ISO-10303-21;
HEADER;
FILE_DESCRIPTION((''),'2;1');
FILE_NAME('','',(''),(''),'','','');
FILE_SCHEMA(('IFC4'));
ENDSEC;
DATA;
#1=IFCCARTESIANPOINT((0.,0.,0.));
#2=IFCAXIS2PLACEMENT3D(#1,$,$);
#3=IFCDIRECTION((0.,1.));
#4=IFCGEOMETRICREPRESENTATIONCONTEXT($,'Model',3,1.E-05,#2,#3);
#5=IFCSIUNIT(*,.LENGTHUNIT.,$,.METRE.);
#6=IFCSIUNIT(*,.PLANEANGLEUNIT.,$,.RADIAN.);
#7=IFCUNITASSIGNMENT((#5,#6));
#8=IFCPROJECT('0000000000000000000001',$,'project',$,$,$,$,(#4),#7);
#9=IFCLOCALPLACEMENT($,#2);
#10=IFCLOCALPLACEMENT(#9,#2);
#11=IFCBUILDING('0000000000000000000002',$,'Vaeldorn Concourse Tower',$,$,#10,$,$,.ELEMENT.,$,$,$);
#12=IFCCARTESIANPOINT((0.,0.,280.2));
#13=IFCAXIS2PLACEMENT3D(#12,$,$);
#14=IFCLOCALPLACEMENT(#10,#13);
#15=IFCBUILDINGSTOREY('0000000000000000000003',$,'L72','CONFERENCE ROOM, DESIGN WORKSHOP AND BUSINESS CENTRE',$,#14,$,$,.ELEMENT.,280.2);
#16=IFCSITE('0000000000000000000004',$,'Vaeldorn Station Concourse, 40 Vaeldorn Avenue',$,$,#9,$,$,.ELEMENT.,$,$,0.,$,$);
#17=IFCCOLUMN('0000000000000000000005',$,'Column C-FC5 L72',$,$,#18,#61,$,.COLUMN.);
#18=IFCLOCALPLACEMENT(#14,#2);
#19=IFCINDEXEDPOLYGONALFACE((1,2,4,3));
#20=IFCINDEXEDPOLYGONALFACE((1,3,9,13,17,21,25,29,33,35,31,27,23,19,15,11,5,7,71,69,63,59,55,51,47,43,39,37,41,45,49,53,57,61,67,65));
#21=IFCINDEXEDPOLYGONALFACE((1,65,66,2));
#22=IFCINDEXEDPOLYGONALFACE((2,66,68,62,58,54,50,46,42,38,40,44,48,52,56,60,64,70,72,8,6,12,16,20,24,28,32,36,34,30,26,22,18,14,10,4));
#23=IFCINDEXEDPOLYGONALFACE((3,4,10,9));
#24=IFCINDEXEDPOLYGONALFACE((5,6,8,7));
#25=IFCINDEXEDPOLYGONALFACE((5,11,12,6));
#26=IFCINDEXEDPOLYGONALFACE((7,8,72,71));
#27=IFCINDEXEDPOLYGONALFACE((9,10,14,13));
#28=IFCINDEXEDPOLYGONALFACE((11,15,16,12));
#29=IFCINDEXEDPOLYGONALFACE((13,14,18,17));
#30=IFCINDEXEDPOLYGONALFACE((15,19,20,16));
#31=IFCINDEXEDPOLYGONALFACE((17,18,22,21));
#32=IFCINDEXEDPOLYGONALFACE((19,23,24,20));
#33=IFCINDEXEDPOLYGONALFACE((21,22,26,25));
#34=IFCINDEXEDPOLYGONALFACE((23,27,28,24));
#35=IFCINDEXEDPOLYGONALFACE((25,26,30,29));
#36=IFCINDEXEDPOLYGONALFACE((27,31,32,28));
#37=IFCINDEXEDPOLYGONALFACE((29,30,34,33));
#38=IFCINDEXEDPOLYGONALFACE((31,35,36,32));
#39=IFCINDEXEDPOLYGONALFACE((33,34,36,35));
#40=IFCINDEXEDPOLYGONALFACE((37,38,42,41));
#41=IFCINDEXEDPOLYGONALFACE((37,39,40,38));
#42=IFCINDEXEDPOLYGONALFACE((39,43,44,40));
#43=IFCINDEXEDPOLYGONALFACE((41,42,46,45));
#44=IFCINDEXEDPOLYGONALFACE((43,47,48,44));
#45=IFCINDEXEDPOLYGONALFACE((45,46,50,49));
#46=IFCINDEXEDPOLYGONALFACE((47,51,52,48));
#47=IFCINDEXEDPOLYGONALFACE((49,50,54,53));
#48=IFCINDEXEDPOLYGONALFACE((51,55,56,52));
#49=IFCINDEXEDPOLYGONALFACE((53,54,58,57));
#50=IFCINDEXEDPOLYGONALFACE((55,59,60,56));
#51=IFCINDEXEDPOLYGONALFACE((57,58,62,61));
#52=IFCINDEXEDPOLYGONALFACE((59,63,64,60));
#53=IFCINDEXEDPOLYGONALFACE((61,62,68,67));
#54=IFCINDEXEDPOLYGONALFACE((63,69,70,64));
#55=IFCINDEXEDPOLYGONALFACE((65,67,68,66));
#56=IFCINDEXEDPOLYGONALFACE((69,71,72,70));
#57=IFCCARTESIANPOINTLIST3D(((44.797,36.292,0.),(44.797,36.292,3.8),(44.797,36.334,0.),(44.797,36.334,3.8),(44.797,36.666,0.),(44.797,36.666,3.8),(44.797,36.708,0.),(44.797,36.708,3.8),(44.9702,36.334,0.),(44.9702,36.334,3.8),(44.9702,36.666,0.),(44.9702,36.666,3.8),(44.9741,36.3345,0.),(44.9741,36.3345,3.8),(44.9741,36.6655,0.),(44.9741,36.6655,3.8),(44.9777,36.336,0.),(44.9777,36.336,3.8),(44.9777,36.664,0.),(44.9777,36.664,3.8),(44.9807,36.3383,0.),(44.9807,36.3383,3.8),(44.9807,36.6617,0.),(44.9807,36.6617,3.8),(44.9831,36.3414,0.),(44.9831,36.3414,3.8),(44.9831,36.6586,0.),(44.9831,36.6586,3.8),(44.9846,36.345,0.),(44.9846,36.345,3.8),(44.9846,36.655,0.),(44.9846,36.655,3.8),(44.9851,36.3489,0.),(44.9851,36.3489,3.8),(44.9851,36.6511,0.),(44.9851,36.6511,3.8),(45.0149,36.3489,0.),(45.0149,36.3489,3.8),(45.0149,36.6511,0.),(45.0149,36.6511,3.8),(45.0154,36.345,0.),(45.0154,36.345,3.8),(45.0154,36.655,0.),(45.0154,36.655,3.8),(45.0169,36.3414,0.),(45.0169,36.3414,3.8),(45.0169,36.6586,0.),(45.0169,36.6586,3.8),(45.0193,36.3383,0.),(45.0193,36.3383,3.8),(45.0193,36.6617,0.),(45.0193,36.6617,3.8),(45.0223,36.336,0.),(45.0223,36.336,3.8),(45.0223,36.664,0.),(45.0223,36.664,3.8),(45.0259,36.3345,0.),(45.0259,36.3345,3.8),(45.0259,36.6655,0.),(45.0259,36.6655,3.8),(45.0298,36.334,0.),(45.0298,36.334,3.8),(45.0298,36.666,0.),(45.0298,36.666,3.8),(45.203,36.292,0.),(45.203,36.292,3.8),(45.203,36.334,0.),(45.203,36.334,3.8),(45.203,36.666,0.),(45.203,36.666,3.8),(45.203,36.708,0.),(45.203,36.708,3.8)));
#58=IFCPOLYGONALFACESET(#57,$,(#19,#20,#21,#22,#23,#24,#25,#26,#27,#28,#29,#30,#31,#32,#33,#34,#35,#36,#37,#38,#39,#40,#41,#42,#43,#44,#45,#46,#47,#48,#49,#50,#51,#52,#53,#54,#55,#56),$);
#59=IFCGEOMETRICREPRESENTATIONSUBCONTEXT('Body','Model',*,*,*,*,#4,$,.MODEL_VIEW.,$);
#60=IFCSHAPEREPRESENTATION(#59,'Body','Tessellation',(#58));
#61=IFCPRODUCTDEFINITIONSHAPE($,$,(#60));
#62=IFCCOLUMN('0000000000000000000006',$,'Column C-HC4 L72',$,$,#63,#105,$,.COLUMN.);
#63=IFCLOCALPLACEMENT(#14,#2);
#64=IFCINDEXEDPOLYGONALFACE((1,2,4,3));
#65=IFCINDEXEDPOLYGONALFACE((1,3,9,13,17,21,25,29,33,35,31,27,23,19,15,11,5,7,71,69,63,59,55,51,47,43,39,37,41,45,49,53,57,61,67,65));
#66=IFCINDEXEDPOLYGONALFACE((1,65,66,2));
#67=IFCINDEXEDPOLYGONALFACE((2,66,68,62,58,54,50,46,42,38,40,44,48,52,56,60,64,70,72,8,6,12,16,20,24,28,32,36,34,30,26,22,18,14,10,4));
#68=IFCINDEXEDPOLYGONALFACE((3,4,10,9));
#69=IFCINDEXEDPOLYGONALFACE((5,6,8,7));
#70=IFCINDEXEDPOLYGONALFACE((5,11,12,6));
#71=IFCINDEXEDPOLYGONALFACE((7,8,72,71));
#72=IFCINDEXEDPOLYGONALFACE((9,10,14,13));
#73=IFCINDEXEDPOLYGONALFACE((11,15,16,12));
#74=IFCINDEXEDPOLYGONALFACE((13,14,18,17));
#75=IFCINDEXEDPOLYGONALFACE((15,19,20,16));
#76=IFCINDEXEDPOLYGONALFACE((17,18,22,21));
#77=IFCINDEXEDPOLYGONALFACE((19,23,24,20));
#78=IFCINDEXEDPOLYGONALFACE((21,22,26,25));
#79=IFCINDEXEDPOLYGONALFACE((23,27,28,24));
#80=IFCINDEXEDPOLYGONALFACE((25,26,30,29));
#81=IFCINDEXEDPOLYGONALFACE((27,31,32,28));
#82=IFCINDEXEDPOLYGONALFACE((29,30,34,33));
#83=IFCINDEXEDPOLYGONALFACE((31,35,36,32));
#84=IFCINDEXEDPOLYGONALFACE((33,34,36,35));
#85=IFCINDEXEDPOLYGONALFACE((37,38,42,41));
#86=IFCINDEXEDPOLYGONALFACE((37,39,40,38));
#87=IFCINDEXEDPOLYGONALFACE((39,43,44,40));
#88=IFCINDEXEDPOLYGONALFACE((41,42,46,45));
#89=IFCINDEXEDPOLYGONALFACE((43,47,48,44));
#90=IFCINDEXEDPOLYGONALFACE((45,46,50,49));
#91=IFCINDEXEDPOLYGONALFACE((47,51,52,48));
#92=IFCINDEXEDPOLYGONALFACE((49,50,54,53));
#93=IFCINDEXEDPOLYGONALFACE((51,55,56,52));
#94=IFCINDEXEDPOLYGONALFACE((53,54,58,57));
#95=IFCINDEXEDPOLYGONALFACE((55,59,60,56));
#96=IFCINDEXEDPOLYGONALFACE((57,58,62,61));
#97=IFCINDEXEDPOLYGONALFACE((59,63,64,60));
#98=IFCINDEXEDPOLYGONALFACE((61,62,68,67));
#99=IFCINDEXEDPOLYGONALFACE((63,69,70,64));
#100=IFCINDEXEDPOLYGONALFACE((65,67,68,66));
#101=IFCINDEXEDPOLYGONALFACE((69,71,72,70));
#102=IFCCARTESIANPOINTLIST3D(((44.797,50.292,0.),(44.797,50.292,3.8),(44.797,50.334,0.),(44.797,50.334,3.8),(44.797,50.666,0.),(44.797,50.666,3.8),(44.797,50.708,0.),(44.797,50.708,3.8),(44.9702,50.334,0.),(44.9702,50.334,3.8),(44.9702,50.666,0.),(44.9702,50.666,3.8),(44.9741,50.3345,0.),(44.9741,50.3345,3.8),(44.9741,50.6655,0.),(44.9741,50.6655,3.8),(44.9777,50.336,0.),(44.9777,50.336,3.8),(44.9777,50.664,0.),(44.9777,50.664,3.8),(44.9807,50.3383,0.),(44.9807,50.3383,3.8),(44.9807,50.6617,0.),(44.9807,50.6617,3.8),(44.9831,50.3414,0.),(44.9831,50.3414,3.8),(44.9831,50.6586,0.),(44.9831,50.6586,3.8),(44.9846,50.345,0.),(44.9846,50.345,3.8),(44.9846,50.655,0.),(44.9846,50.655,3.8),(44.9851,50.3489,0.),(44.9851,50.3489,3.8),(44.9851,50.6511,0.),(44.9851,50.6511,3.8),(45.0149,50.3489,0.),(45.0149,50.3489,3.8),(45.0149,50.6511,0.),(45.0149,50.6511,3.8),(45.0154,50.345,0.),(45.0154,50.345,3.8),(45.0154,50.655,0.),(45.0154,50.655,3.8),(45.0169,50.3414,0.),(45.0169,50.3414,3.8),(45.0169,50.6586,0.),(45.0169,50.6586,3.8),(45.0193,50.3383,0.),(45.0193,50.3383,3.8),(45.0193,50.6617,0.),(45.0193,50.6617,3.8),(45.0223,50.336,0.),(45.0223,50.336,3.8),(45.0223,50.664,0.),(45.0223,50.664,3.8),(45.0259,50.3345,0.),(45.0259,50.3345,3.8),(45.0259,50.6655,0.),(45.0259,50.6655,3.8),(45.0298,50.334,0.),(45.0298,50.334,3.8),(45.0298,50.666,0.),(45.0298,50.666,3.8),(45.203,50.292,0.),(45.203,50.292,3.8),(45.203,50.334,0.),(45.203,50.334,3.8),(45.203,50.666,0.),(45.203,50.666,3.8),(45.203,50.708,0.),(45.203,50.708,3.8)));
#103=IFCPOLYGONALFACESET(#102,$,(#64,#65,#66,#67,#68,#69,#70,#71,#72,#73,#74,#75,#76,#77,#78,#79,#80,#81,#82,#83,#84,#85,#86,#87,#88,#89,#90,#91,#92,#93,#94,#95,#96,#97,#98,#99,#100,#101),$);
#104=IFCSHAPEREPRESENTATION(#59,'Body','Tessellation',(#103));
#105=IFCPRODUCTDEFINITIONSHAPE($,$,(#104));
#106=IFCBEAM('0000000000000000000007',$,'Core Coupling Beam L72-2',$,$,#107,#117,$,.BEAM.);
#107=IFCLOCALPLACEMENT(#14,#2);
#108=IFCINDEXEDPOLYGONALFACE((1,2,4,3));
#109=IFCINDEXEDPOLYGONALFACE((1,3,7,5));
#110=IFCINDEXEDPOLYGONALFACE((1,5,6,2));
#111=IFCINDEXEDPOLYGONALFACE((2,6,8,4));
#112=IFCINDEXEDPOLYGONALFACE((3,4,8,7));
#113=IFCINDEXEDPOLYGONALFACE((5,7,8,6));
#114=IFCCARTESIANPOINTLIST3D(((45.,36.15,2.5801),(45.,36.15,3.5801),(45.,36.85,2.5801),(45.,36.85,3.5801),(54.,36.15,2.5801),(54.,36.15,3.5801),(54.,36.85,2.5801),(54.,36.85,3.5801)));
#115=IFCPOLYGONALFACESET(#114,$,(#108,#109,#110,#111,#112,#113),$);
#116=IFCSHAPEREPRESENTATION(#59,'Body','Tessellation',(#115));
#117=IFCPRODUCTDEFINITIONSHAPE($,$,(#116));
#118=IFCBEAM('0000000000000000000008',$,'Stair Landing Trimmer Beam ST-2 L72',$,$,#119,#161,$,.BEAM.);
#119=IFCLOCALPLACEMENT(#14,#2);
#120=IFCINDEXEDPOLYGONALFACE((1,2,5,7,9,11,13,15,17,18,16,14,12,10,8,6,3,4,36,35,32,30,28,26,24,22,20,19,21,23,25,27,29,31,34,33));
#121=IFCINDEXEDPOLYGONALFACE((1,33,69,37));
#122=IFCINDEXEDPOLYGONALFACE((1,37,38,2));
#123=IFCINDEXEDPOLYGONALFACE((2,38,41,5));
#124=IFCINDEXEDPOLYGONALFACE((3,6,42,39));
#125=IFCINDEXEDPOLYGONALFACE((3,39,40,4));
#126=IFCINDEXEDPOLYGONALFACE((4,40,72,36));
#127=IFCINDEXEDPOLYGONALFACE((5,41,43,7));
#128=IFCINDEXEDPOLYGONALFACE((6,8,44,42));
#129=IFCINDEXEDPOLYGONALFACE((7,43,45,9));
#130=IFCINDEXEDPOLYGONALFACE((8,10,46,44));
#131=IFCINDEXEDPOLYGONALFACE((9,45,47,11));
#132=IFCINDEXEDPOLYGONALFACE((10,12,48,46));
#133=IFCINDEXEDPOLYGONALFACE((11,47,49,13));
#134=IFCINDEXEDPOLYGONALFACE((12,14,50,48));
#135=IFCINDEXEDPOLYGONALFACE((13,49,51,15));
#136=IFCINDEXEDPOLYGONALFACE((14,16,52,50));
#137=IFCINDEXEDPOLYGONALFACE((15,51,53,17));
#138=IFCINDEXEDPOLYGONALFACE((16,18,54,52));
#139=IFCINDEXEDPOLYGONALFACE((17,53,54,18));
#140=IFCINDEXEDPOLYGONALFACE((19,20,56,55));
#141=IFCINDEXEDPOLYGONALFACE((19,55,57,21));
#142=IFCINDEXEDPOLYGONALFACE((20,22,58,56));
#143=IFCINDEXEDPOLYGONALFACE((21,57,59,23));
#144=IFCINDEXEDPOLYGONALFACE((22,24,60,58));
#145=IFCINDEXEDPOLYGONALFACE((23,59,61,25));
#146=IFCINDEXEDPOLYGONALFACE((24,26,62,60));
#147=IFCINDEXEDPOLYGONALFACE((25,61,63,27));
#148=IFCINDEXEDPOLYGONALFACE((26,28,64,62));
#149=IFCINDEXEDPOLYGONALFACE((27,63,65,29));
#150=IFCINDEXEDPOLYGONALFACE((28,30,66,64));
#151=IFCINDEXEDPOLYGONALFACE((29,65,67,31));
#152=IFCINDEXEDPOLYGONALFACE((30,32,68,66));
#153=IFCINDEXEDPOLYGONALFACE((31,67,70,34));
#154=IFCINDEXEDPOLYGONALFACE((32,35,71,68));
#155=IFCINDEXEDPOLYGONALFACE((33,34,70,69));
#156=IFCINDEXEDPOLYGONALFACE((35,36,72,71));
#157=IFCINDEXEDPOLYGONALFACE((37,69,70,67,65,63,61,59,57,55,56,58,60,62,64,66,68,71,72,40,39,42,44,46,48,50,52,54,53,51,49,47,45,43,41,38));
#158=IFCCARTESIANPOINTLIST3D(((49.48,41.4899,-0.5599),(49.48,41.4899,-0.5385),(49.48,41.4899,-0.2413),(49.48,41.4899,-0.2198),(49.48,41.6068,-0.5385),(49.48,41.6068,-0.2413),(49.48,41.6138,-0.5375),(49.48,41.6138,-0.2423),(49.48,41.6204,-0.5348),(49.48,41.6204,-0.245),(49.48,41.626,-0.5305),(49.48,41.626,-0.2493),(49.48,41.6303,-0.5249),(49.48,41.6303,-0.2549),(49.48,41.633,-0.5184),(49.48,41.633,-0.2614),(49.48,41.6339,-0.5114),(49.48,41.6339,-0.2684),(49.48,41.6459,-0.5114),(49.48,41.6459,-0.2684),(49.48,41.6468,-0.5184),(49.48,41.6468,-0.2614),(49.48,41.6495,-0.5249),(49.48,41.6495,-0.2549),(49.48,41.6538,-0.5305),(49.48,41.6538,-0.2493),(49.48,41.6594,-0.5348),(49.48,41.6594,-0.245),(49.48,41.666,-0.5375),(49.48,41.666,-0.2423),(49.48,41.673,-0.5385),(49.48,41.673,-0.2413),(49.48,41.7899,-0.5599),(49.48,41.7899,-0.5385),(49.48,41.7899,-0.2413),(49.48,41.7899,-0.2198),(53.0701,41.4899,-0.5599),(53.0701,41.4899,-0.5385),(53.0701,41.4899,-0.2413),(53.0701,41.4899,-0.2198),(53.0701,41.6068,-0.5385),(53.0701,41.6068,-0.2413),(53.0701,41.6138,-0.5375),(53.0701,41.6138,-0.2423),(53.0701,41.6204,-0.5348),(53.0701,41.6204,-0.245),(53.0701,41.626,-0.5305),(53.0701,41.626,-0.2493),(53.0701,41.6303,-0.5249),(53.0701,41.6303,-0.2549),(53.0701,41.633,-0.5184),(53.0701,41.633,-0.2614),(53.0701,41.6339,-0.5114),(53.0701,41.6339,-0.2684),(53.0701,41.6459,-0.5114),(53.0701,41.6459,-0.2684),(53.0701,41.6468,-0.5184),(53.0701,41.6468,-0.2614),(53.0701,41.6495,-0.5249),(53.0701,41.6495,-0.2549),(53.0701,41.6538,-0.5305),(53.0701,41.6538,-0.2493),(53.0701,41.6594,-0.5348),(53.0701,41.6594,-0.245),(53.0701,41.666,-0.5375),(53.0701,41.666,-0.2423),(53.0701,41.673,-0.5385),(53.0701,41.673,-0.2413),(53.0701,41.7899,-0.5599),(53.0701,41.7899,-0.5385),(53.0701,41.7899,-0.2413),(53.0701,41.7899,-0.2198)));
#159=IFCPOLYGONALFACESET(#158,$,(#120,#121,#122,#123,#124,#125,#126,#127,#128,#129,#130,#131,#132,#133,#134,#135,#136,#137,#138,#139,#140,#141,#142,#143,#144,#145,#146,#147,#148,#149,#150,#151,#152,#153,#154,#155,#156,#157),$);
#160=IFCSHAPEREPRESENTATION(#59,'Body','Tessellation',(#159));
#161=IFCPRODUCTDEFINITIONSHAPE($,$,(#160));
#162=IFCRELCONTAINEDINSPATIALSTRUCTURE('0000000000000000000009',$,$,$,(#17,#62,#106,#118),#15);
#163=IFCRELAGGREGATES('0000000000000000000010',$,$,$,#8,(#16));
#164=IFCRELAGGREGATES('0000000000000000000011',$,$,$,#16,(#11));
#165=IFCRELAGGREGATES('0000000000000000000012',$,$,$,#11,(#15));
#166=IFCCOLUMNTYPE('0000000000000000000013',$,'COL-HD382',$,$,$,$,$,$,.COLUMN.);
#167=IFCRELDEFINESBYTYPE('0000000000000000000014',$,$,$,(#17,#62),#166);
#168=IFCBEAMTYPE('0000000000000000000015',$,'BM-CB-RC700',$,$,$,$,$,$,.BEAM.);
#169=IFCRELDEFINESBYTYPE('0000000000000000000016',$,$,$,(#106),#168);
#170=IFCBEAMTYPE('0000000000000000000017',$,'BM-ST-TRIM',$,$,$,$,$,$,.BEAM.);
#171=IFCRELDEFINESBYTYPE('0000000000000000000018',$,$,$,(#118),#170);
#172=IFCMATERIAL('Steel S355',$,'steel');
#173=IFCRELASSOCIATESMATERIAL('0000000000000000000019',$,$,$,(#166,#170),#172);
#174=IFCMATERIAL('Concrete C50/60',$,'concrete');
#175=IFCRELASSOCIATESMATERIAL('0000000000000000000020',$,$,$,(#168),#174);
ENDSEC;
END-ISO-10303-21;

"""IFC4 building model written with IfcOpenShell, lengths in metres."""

from ifc_helpers import new_model, si_unit, direction, frame, origin, origin_2d, place, context, subcontext, project, spatial, rectangle, i_section, extrude, source, transform, mapped, material, material_profile, profile_set, type_object, element, save


model = new_model("IFC4")

# Units and contexts
model_context = context("Model", 3, precision=1e-05, world=origin(), true_north=direction((0.0, 1.0)))
body_context = subcontext(model_context, "Body", "Model", "MODEL_VIEW")
ifc_project = project(units=[si_unit("LENGTHUNIT", "METRE"), si_unit("PLANEANGLEUNIT", "RADIAN")], contexts=[model_context])

# Site, building, storey
site_placement = place(None, origin())
site = spatial("IfcSite", under=ifc_project, at=site_placement, Name="Vaeldorn Station Concourse, 40 Vaeldorn Avenue", CompositionType="ELEMENT", RefElevation=0.0)
building_placement = place(site_placement, origin())
building = spatial("IfcBuilding", under=site, at=building_placement, Name="Vaeldorn Concourse Tower", CompositionType="ELEMENT")
storey_placement = place(building_placement, frame((0.0, 0.0, 280.2)))
storey = spatial("IfcBuildingStorey", under=building, at=storey_placement, Name="L72", Description="CONFERENCE ROOM, DESIGN WORKSHOP AND BUSINESS CENTRE", CompositionType="ELEMENT", Elevation=280.2)

# Columns
ifc_material_1 = material(Name="Steel S355", Category="steel")
ifc_material_profile_1 = material_profile(ifc_material_1, i_section(OverallWidth=0.406, OverallDepth=0.416, WebThickness=0.0298, FlangeThickness=0.042, FilletRadius=0.0149, at=origin_2d()), Name="HD 400x382")
ifc_profile_set_1 = profile_set([ifc_material_profile_1], Name="Steel S355")
column_type = type_object("IfcColumnType", Name="COL-HD382", PredefinedType="COLUMN", material=ifc_profile_set_1)
shared_shape_1 = source(origin(), body_context, "Body", "SweptSolid", [
    extrude(i_section(OverallWidth=0.406, OverallDepth=0.416, WebThickness=0.0298, FlangeThickness=0.042, FilletRadius=0.0149, at=origin_2d()), origin(), (0.0, 0.0, 1.0), 3.8),
])
for number, where, z_axis, x_axis, name in (
    (1, (45.0, 36.5, 0.0), (0.0, 0.0, 1.0), (1.0, 0.0, 0.0), "Column C-FC5 L72"),
    (2, (45.0, 50.5, 0.0), (0.0, 0.0, 1.0), (1.0, 0.0, 0.0), "Column C-HC4 L72"),
):
    element("IfcColumn", number, at=place(storey_placement, frame(where, z_axis=z_axis, x_axis=x_axis)), inside=storey, type_object=column_type, Name=name, PredefinedType="COLUMN", context=body_context, shape_type="MappedRepresentation", body=[
        mapped(shared_shape_1, transform((0.0, 0.0, 0.0), scale=1.0)),
    ])

# Beams
ifc_material_2 = material(Name="Concrete C50/60", Category="concrete")
ifc_material_profile_2 = material_profile(ifc_material_2, rectangle(XDim=0.7, YDim=1.0, at=origin_2d()), Name="RC 700x1000")
ifc_profile_set_2 = profile_set([ifc_material_profile_2], Name="Concrete C50/60")
beam_type_1 = type_object("IfcBeamType", Name="BM-CB-RC700", PredefinedType="BEAM", material=ifc_profile_set_2)
shared_shape_2 = source(origin(), body_context, "Body", "SweptSolid", [
    extrude(rectangle(XDim=0.7, YDim=1.0, at=origin_2d()), origin(), (0.0, 0.0, 1.0), 9.0),
])
beam_1_placement = place(storey_placement, frame((45.0, 36.5, 3.0801), z_axis=(1.0, 0.0, 0.0), x_axis=(0.0, 1.0, 0.0)))
element("IfcBeam", 3, at=beam_1_placement, inside=storey, type_object=beam_type_1, Name="Core Coupling Beam L72-2", PredefinedType="BEAM", context=body_context, shape_type="MappedRepresentation", body=[
    mapped(shared_shape_2, transform((0.0, 0.0, 0.0), scale=1.0)),
])
ifc_material_profile_3 = material_profile(ifc_material_1, i_section(OverallWidth=0.3, OverallDepth=0.3401, WebThickness=0.012, FlangeThickness=0.0215, FilletRadius=0.0271, at=origin_2d()), Name="HEB 340")
ifc_profile_set_3 = profile_set([ifc_material_profile_3], Name="Steel S355")
beam_type_2 = type_object("IfcBeamType", Name="BM-ST-TRIM", PredefinedType="BEAM", material=ifc_profile_set_3)
shared_shape_3 = source(origin(), body_context, "Body", "SweptSolid", [
    extrude(i_section(OverallWidth=0.3, OverallDepth=0.3401, WebThickness=0.012, FlangeThickness=0.0215, FilletRadius=0.0271, at=origin_2d()), origin(), (0.0, 0.0, 1.0), 3.5901),
])
beam_2_placement = place(storey_placement, frame((49.48, 41.6399, -0.3899), z_axis=(1.0, 0.0, 0.0), x_axis=(0.0, 1.0, 0.0)))
element("IfcBeam", 4, at=beam_2_placement, inside=storey, type_object=beam_type_2, Name="Stair Landing Trimmer Beam ST-2 L72", PredefinedType="BEAM", context=body_context, shape_type="MappedRepresentation", body=[
    mapped(shared_shape_3, transform((0.0, 0.0, 0.0), scale=1.0)),
])

save(model, "model.ifc")
